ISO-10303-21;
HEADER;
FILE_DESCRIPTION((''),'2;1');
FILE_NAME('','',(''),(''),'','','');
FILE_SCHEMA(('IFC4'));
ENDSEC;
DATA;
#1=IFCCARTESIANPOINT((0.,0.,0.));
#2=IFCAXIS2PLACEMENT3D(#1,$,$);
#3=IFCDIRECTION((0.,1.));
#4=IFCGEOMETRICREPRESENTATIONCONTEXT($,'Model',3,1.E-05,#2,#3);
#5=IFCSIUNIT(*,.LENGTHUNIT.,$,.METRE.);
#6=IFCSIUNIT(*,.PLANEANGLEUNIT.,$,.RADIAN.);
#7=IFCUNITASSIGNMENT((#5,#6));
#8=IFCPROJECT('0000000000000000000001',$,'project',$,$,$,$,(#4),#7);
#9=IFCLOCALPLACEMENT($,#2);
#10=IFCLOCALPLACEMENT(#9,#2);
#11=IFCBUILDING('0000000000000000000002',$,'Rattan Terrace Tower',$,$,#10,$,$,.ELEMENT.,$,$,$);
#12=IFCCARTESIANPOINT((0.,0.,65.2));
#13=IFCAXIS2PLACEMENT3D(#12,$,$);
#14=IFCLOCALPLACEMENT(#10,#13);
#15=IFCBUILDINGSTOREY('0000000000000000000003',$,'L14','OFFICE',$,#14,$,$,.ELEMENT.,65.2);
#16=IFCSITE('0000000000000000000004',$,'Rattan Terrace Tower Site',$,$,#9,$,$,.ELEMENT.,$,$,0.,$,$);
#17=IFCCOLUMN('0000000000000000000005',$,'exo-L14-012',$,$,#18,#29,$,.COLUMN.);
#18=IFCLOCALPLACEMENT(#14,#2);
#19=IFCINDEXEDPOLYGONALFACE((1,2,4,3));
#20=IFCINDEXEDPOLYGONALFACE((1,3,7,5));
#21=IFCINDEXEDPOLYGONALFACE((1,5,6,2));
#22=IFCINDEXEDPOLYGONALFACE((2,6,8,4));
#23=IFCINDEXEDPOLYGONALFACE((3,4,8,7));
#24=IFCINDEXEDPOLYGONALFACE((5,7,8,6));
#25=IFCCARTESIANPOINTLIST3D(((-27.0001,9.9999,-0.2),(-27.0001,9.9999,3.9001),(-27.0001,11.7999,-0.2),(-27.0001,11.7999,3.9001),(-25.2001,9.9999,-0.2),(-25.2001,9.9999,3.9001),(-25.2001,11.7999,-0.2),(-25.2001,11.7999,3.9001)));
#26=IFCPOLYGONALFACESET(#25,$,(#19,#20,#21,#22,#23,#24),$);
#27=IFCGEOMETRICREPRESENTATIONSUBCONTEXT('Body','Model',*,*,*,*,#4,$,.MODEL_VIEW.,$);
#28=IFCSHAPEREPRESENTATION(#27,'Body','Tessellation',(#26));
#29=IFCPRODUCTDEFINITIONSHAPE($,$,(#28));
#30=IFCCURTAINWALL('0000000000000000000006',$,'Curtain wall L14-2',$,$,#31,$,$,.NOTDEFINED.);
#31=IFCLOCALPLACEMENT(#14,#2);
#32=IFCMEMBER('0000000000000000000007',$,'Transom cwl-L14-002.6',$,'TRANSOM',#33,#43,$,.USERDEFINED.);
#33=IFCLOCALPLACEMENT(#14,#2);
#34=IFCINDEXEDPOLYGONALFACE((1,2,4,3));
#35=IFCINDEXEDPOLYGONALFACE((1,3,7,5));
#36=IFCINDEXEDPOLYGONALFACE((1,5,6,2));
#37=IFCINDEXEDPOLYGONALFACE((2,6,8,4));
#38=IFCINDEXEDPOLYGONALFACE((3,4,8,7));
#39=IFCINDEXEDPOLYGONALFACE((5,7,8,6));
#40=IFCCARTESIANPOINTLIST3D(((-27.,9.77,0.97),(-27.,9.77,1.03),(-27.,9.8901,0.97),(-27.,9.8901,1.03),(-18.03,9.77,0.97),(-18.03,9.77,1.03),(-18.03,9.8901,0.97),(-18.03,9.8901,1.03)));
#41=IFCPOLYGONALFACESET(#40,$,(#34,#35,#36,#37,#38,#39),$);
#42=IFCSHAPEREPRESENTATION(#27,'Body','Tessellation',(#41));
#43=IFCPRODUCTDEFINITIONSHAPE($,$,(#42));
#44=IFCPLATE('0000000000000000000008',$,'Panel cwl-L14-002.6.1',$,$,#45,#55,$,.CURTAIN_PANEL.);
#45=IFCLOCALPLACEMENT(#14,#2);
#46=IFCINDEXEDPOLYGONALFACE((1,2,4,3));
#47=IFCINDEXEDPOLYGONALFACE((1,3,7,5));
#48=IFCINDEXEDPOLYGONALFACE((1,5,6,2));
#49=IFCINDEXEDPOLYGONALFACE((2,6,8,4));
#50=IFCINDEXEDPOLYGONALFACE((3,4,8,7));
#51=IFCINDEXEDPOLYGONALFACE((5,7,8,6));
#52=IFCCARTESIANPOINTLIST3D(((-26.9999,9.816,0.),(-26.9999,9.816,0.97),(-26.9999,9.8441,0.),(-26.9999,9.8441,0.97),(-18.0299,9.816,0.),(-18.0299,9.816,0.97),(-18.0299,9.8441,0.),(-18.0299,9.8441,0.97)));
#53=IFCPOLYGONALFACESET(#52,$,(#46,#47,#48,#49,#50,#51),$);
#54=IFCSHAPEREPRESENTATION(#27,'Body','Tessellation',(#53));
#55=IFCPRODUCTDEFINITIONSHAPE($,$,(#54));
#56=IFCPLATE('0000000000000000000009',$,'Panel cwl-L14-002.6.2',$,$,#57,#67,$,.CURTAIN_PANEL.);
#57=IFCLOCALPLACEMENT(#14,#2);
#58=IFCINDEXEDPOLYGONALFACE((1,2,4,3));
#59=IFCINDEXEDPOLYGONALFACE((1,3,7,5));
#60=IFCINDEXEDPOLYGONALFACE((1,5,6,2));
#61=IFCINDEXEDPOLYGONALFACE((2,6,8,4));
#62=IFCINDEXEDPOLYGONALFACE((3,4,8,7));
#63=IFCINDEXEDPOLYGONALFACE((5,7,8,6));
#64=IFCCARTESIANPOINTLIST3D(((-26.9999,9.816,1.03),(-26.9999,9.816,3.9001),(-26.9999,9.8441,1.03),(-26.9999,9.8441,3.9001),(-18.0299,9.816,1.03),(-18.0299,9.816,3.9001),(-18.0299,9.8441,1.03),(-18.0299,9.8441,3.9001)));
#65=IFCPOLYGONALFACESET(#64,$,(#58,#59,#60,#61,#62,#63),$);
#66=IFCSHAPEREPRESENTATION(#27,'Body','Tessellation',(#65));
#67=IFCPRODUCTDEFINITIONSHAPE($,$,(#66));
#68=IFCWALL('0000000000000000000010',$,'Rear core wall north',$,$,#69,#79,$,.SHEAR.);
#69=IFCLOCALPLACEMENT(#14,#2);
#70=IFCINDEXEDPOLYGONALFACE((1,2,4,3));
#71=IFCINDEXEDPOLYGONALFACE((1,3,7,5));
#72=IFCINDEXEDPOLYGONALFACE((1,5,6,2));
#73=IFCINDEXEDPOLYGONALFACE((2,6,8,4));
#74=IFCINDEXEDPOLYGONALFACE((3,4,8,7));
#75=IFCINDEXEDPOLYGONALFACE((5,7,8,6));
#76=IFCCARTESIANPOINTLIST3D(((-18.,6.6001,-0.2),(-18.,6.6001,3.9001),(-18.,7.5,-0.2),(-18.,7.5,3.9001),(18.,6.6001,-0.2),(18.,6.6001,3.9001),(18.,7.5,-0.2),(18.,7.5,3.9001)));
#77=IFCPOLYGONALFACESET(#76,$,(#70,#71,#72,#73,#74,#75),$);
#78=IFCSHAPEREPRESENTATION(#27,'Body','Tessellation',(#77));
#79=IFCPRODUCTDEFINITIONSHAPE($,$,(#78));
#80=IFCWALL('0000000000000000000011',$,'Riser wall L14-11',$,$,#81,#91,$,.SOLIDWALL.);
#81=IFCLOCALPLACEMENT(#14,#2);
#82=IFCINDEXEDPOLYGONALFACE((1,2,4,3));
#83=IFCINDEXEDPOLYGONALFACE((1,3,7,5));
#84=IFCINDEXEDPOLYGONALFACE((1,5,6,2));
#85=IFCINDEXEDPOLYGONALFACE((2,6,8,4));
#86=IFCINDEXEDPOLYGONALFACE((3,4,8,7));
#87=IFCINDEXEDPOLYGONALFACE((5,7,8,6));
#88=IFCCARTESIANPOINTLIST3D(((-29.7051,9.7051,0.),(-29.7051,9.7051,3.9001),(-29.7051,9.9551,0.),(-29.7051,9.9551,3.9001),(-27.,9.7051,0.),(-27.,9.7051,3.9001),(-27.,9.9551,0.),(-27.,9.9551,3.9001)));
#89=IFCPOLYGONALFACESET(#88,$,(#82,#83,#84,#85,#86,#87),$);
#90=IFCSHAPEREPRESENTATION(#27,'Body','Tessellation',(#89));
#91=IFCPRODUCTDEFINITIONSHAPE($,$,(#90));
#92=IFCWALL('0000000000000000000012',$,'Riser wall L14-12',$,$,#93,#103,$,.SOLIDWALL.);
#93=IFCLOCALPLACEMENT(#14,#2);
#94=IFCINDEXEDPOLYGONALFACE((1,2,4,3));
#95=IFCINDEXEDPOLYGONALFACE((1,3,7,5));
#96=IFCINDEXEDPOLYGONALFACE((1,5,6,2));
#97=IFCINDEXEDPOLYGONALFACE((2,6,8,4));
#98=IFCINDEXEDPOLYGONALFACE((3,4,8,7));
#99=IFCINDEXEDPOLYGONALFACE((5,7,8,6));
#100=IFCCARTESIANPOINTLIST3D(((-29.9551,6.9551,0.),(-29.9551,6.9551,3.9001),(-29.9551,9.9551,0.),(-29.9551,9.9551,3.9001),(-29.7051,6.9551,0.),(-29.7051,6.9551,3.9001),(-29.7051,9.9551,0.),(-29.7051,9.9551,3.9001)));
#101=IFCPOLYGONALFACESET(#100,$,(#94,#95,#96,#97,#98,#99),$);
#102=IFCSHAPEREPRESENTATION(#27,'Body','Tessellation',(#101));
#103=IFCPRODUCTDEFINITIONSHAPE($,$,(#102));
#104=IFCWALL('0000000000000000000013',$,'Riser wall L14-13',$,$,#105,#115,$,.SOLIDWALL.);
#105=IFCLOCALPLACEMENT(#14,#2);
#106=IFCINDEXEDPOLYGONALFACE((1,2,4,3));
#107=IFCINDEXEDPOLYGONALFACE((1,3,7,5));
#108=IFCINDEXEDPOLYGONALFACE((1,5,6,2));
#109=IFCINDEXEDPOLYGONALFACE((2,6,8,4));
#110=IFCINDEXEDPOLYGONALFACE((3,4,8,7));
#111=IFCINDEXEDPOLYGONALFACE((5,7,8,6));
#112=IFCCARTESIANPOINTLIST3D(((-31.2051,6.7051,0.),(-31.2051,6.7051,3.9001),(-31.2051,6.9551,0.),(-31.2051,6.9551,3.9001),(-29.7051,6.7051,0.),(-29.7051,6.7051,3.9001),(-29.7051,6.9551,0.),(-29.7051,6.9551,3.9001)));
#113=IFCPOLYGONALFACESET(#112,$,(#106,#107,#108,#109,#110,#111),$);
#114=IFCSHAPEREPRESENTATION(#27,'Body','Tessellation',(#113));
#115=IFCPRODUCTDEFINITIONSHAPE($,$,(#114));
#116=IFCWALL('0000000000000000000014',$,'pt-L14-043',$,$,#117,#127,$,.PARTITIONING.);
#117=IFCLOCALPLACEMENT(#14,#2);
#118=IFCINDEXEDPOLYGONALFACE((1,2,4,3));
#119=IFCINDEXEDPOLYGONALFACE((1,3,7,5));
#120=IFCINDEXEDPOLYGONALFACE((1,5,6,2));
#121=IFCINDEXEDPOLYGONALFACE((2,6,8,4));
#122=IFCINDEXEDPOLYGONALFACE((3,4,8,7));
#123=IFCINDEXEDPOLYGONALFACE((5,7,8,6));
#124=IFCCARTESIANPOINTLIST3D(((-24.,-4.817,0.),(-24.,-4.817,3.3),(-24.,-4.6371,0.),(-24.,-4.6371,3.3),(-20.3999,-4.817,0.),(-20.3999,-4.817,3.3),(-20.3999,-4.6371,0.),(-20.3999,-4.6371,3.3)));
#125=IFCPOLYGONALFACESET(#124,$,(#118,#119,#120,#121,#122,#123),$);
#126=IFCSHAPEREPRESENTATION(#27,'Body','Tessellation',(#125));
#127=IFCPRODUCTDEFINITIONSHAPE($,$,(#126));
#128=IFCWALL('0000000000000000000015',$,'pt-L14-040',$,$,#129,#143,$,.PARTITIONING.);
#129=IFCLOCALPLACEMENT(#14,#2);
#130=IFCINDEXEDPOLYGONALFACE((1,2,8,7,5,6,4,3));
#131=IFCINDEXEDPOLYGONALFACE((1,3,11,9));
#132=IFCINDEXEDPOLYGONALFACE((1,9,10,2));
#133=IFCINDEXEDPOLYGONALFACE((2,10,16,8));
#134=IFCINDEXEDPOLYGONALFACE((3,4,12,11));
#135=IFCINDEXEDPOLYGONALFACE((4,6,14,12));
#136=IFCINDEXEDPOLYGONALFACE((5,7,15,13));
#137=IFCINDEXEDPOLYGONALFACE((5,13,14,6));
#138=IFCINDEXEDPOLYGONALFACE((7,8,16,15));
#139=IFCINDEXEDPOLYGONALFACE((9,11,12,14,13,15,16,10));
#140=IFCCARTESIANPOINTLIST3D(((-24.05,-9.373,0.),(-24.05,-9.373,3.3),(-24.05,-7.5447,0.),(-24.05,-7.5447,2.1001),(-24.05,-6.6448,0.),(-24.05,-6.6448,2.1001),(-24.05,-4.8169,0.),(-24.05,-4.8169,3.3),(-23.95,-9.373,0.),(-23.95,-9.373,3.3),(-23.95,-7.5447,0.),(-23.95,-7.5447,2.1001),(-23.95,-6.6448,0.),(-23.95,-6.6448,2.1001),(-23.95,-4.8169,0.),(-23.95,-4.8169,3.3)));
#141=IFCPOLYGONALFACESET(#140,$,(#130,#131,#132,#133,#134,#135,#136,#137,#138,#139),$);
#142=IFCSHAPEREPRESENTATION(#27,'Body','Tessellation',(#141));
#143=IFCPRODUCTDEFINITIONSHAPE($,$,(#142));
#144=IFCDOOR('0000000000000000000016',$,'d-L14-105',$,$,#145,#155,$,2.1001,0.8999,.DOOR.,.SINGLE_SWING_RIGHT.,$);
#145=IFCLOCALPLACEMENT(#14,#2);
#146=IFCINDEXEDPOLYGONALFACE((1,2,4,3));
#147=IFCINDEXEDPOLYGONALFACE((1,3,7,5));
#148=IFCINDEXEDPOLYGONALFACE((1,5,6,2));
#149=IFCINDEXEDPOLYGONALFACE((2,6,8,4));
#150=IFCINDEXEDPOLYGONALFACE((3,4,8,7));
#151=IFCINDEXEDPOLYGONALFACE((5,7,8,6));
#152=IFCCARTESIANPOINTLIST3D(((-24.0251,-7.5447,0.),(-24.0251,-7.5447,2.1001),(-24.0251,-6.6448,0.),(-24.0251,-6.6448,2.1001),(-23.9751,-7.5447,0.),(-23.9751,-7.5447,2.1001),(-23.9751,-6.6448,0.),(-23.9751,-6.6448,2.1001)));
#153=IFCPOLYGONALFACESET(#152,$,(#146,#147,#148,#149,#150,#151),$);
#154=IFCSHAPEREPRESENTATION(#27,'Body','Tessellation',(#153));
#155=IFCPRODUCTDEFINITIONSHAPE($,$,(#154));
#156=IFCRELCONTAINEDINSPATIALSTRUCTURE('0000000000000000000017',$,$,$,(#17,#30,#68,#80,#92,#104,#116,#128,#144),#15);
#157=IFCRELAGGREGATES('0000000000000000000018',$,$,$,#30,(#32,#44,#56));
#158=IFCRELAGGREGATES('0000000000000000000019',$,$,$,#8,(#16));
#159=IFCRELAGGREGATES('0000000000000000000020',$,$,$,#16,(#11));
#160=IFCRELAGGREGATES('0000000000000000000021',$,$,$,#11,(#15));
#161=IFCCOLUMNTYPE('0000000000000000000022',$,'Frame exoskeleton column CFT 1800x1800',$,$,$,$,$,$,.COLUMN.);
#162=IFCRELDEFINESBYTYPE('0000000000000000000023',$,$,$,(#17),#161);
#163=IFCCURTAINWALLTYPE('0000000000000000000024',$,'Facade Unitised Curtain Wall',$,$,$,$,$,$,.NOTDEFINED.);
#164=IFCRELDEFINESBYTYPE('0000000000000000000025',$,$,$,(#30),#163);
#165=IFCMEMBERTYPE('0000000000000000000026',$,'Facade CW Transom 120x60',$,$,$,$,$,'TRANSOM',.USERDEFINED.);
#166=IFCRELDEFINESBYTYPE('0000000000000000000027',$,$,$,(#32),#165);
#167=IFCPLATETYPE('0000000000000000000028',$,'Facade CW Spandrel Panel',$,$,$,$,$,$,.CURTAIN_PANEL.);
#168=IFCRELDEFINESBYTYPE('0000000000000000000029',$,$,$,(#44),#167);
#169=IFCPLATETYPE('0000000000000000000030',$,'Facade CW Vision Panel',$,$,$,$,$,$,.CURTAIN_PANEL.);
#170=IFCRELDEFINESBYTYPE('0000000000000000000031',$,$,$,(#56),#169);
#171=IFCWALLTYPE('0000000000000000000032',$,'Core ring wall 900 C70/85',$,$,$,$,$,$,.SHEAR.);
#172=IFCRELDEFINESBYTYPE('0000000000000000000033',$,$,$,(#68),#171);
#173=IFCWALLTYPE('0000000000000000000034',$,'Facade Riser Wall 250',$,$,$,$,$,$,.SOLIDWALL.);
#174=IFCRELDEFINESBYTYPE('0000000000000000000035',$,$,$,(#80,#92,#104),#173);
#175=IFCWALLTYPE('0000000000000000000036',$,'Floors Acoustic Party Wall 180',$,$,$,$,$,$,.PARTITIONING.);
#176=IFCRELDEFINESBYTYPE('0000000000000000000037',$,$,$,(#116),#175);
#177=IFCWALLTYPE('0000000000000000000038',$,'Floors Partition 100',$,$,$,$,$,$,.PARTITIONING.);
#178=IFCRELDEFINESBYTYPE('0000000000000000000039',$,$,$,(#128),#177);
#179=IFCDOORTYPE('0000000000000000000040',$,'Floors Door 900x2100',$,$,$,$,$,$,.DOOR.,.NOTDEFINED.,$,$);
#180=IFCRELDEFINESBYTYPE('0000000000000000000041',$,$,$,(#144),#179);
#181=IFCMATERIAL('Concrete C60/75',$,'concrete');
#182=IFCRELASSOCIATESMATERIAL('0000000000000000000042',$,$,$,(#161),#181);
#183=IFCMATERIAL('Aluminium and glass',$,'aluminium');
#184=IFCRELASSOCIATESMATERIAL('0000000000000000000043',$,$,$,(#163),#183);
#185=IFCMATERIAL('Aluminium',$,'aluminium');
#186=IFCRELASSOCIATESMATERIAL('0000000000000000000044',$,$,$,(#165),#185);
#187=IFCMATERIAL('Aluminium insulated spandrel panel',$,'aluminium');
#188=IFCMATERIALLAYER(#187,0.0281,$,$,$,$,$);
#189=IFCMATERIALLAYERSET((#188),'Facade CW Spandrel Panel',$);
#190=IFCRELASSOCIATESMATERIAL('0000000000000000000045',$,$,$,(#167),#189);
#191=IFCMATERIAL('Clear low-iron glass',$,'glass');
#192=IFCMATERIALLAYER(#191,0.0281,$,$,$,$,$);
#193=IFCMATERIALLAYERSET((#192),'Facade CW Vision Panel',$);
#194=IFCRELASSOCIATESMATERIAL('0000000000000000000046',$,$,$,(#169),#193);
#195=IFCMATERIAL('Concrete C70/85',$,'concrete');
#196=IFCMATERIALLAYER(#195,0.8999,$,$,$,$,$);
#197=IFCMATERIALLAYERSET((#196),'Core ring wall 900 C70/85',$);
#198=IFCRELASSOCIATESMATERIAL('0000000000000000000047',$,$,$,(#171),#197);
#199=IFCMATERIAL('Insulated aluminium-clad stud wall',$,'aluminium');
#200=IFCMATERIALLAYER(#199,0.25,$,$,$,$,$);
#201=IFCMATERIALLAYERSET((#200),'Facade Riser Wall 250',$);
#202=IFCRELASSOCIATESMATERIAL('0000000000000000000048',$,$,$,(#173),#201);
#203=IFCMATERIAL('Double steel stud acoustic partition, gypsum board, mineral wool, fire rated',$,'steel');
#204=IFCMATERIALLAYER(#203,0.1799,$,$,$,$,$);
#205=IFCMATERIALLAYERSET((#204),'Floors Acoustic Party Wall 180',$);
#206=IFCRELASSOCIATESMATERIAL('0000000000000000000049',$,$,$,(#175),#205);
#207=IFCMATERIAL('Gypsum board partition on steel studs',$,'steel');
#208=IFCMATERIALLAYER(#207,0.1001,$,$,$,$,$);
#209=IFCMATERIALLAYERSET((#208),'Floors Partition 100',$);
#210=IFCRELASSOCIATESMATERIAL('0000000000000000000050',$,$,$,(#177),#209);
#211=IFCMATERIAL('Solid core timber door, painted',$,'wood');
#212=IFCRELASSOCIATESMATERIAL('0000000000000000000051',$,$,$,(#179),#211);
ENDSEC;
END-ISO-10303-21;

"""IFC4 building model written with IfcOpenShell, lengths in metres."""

from ifc_helpers import new_model, si_unit, direction, frame, frame_2d, origin, origin_2d, place, context, subcontext, project, spatial, rectangle, extrude, material, layer, layer_set, material_profile, profile_set, type_object, element, fill, aggregate, save


model = new_model("IFC4")

# Units and contexts
model_context = context("Model", 3, precision=1e-05, world=origin(), true_north=direction((0.0, 1.0)))
body_context = subcontext(model_context, "Body", "Model", "MODEL_VIEW")
ifc_project = project(units=[si_unit("LENGTHUNIT", "METRE"), si_unit("PLANEANGLEUNIT", "RADIAN")], contexts=[model_context])

# Site, building, storey
site_placement = place(None, origin())
site = spatial("IfcSite", under=ifc_project, at=site_placement, Name="Rattan Terrace Tower Site", CompositionType="ELEMENT", RefElevation=0.0)
building_placement = place(site_placement, origin())
building = spatial("IfcBuilding", under=site, at=building_placement, Name="Rattan Terrace Tower", CompositionType="ELEMENT")
storey_placement = place(building_placement, frame((0.0, 0.0, 65.2)))
storey = spatial("IfcBuildingStorey", under=building, at=storey_placement, Name="L14", Description="OFFICE", CompositionType="ELEMENT", Elevation=65.2)

# Column
ifc_material_1 = material(Name="Concrete C60/75", Category="concrete")
ifc_material_profile_1 = material_profile(ifc_material_1, rectangle(XDim=1.8, YDim=1.8, at=origin_2d()), Name="CFT 1800x1800")
ifc_profile_set_1 = profile_set([ifc_material_profile_1], Name="Concrete C60/75")
column_type = type_object("IfcColumnType", Name="Frame exoskeleton column CFT 1800x1800", PredefinedType="COLUMN", material=ifc_profile_set_1)
column_placement = place(storey_placement, frame((-26.1001, 10.8999, -0.2), z_axis=(0.0, 0.0, 1.0), x_axis=(1.0, 0.0, 0.0)))
element("IfcColumn", 1, at=column_placement, inside=storey, type_object=column_type, Name="exo-L14-012", PredefinedType="COLUMN", context=body_context, shape_type="SweptSolid", body=[
    extrude(rectangle(XDim=1.8, YDim=1.8, at=origin_2d()), origin(), (0.0, 0.0, 1.0), 4.1001),
])

# Curtain wall, member, plates
ifc_material_2 = material(Name="Aluminium and glass", Category="aluminium")
curtain_wall_type = type_object("IfcCurtainWallType", Name="Facade Unitised Curtain Wall", PredefinedType="NOTDEFINED", material=ifc_material_2)
curtain_wall_placement = place(storey_placement, origin())
curtain_wall = element("IfcCurtainWall", 2, at=curtain_wall_placement, inside=storey, type_object=curtain_wall_type, Name="Curtain wall L14-2", PredefinedType="NOTDEFINED")
ifc_material_3 = material(Name="Aluminium", Category="aluminium")
ifc_material_profile_2 = material_profile(ifc_material_3, rectangle(XDim=0.1201, YDim=0.0601, at=origin_2d()), Name="Aluminium 120x60")
ifc_profile_set_2 = profile_set([ifc_material_profile_2], Name="Aluminium")
member_type = type_object("IfcMemberType", Name="Facade CW Transom 120x60", ElementType="TRANSOM", PredefinedType="USERDEFINED", material=ifc_profile_set_2)
member_placement = place(storey_placement, frame((-18.03, 9.8301, 1.0), z_axis=(-1.0, 0.0, 0.0), x_axis=(0.0, -1.0, 0.0)))
member = element("IfcMember", 3, at=member_placement, type_object=member_type, Name="Transom cwl-L14-002.6", ObjectType="TRANSOM", PredefinedType="USERDEFINED", context=body_context, shape_type="SweptSolid", body=[
    extrude(rectangle(XDim=0.1201, YDim=0.0601, at=origin_2d()), origin(), (0.0, 0.0, 1.0), 8.97),
])
ifc_material_4 = material(Name="Aluminium insulated spandrel panel", Category="aluminium")
ifc_layer_1 = layer(ifc_material_4, 0.0281)
ifc_layer_set_1 = layer_set([ifc_layer_1], Name="Facade CW Spandrel Panel")
plate_type_1 = type_object("IfcPlateType", Name="Facade CW Spandrel Panel", PredefinedType="CURTAIN_PANEL", material=ifc_layer_set_1)
plate_1_placement = place(storey_placement, frame((-22.5149, 9.8301, 0.0), z_axis=(0.0, 0.0, 1.0), x_axis=(-1.0, 0.0, 0.0)))
plate_1 = element("IfcPlate", 4, at=plate_1_placement, type_object=plate_type_1, Name="Panel cwl-L14-002.6.1", PredefinedType="CURTAIN_PANEL", context=body_context, shape_type="SweptSolid", body=[
    extrude(rectangle(XDim=8.97, YDim=0.0281, at=origin_2d()), origin(), (0.0, 0.0, 1.0), 0.97),
])
ifc_material_5 = material(Name="Clear low-iron glass", Category="glass")
ifc_layer_2 = layer(ifc_material_5, 0.0281)
ifc_layer_set_2 = layer_set([ifc_layer_2], Name="Facade CW Vision Panel")
plate_type_2 = type_object("IfcPlateType", Name="Facade CW Vision Panel", PredefinedType="CURTAIN_PANEL", material=ifc_layer_set_2)
plate_2_placement = place(storey_placement, frame((-22.5149, 9.8301, 1.03), z_axis=(0.0, 0.0, 1.0), x_axis=(-1.0, 0.0, 0.0)))
plate_2 = element("IfcPlate", 5, at=plate_2_placement, type_object=plate_type_2, Name="Panel cwl-L14-002.6.2", PredefinedType="CURTAIN_PANEL", context=body_context, shape_type="SweptSolid", body=[
    extrude(rectangle(XDim=8.97, YDim=0.0281, at=origin_2d()), origin(), (0.0, 0.0, 1.0), 2.8701),
])
aggregate(curtain_wall, [member, plate_1, plate_2])

# Walls
ifc_material_6 = material(Name="Concrete C70/85", Category="concrete")
ifc_layer_3 = layer(ifc_material_6, 0.8999)
ifc_layer_set_3 = layer_set([ifc_layer_3], Name="Core ring wall 900 C70/85")
wall_type_1 = type_object("IfcWallType", Name="Core ring wall 900 C70/85", PredefinedType="SHEAR", material=ifc_layer_set_3)
wall_1_placement = place(storey_placement, frame((-18.0, 7.05, -0.2), z_axis=(0.0, 0.0, 1.0), x_axis=(1.0, 0.0, 0.0)))
element("IfcWall", 6, at=wall_1_placement, inside=storey, type_object=wall_type_1, Name="Rear core wall north", PredefinedType="SHEAR", context=body_context, shape_type="SweptSolid", body=[
    extrude(rectangle(XDim=36.0, YDim=0.8999, at=frame_2d((18.0, 0.0))), origin(), (0.0, 0.0, 1.0), 4.1001),
])
ifc_material_7 = material(Name="Insulated aluminium-clad stud wall", Category="aluminium")
ifc_layer_4 = layer(ifc_material_7, 0.25)
ifc_layer_set_4 = layer_set([ifc_layer_4], Name="Facade Riser Wall 250")
wall_type_2 = type_object("IfcWallType", Name="Facade Riser Wall 250", PredefinedType="SOLIDWALL", material=ifc_layer_set_4)
wall_2_placement = place(storey_placement, frame((-27.0, 9.8301, 0.0), z_axis=(0.0, 0.0, 1.0), x_axis=(-1.0, 0.0, 0.0)))
element("IfcWall", 7, at=wall_2_placement, inside=storey, type_object=wall_type_2, Name="Riser wall L14-11", PredefinedType="SOLIDWALL", context=body_context, shape_type="SweptSolid", body=[
    extrude(rectangle(XDim=2.7051, YDim=0.25, at=frame_2d((1.3525, 0.0))), origin(), (0.0, 0.0, 1.0), 3.9001),
])
wall_3_placement = place(storey_placement, frame((-29.8301, 9.9551, 0.0), z_axis=(0.0, 0.0, 1.0), x_axis=(0.0, -1.0, 0.0)))
element("IfcWall", 8, at=wall_3_placement, inside=storey, type_object=wall_type_2, Name="Riser wall L14-12", PredefinedType="SOLIDWALL", context=body_context, shape_type="SweptSolid", body=[
    extrude(rectangle(XDim=3.0, YDim=0.25, at=frame_2d((1.5, 0.0))), origin(), (0.0, 0.0, 1.0), 3.9001),
])
wall_4_placement = place(storey_placement, frame((-29.7051, 6.8301, 0.0), z_axis=(0.0, 0.0, 1.0), x_axis=(-1.0, 0.0, 0.0)))
element("IfcWall", 9, at=wall_4_placement, inside=storey, type_object=wall_type_2, Name="Riser wall L14-13", PredefinedType="SOLIDWALL", context=body_context, shape_type="SweptSolid", body=[
    extrude(rectangle(XDim=1.5, YDim=0.25, at=frame_2d((0.75, 0.0))), origin(), (0.0, 0.0, 1.0), 3.9001),
])
ifc_material_8 = material(Name="Double steel stud acoustic partition, gypsum board, mineral wool, fire rated", Category="steel")
ifc_layer_5 = layer(ifc_material_8, 0.1799)
ifc_layer_set_5 = layer_set([ifc_layer_5], Name="Floors Acoustic Party Wall 180")
wall_type_3 = type_object("IfcWallType", Name="Floors Acoustic Party Wall 180", PredefinedType="PARTITIONING", material=ifc_layer_set_5)
wall_5_placement = place(storey_placement, frame((-24.0, -4.7271, 0.0), z_axis=(0.0, 0.0, 1.0), x_axis=(1.0, 0.0, 0.0)))
element("IfcWall", 10, at=wall_5_placement, inside=storey, type_object=wall_type_3, Name="pt-L14-043", PredefinedType="PARTITIONING", context=body_context, shape_type="SweptSolid", body=[
    extrude(rectangle(XDim=3.6001, YDim=0.1799, at=frame_2d((1.8, 0.0))), origin(), (0.0, 0.0, 1.0), 3.3),
])

# Wall, opening, door
ifc_material_9 = material(Name="Gypsum board partition on steel studs", Category="steel")
ifc_layer_6 = layer(ifc_material_9, 0.1001)
ifc_layer_set_6 = layer_set([ifc_layer_6], Name="Floors Partition 100")
wall_type_4 = type_object("IfcWallType", Name="Floors Partition 100", PredefinedType="PARTITIONING", material=ifc_layer_set_6)
wall_6_placement = place(storey_placement, frame((-24.0, -4.8169, 0.0), z_axis=(0.0, 0.0, 1.0), x_axis=(0.0, -1.0, 0.0)))
wall_6 = element("IfcWall", 11, at=wall_6_placement, inside=storey, type_object=wall_type_4, Name="pt-L14-040", PredefinedType="PARTITIONING", context=body_context, shape_type="SweptSolid", body=[
    extrude(rectangle(XDim=4.5562, YDim=0.1001, at=frame_2d((2.2781, 0.0))), origin(), (0.0, 0.0, 1.0), 3.3),
])
opening_1_placement = place(wall_6_placement, frame((1.8279, 0.0, 0.0)))
opening_1 = element("IfcOpeningElement", 12, at=opening_1_placement, cuts=wall_6, PredefinedType="OPENING", context=body_context, shape_type="SweptSolid", body=[
    extrude(rectangle(XDim=0.8999, YDim=2.1001, at=frame_2d((0.45, 1.05))), frame((0.0, 0.0605, 0.0), z_axis=(0.0, -1.0, 0.0), x_axis=(1.0, 0.0, 0.0)), (0.0, 0.0, 1.0), 0.1211),
])
ifc_material_10 = material(Name="Solid core timber door, painted", Category="wood")
door_type_1 = type_object("IfcDoorType", Name="Floors Door 900x2100", OperationType="NOTDEFINED", PredefinedType="DOOR", material=ifc_material_10)
door_1_placement = place(opening_1_placement, origin())
door_1 = element("IfcDoor", 13, at=door_1_placement, inside=storey, type_object=door_type_1, Name="d-L14-105", OperationType="SINGLE_SWING_RIGHT", OverallHeight=2.1001, OverallWidth=0.8999, PredefinedType="DOOR", context=body_context, shape_type="SweptSolid", body=[
    extrude(rectangle(XDim=0.8999, YDim=2.1001, at=frame_2d((0.45, 1.05))), frame((0.0, 0.0249, 0.0), z_axis=(0.0, -1.0, 0.0), x_axis=(1.0, 0.0, 0.0)), (0.0, 0.0, 1.0), 0.05),
])
fill(opening_1, door_1)

save(model, "model.ifc")
